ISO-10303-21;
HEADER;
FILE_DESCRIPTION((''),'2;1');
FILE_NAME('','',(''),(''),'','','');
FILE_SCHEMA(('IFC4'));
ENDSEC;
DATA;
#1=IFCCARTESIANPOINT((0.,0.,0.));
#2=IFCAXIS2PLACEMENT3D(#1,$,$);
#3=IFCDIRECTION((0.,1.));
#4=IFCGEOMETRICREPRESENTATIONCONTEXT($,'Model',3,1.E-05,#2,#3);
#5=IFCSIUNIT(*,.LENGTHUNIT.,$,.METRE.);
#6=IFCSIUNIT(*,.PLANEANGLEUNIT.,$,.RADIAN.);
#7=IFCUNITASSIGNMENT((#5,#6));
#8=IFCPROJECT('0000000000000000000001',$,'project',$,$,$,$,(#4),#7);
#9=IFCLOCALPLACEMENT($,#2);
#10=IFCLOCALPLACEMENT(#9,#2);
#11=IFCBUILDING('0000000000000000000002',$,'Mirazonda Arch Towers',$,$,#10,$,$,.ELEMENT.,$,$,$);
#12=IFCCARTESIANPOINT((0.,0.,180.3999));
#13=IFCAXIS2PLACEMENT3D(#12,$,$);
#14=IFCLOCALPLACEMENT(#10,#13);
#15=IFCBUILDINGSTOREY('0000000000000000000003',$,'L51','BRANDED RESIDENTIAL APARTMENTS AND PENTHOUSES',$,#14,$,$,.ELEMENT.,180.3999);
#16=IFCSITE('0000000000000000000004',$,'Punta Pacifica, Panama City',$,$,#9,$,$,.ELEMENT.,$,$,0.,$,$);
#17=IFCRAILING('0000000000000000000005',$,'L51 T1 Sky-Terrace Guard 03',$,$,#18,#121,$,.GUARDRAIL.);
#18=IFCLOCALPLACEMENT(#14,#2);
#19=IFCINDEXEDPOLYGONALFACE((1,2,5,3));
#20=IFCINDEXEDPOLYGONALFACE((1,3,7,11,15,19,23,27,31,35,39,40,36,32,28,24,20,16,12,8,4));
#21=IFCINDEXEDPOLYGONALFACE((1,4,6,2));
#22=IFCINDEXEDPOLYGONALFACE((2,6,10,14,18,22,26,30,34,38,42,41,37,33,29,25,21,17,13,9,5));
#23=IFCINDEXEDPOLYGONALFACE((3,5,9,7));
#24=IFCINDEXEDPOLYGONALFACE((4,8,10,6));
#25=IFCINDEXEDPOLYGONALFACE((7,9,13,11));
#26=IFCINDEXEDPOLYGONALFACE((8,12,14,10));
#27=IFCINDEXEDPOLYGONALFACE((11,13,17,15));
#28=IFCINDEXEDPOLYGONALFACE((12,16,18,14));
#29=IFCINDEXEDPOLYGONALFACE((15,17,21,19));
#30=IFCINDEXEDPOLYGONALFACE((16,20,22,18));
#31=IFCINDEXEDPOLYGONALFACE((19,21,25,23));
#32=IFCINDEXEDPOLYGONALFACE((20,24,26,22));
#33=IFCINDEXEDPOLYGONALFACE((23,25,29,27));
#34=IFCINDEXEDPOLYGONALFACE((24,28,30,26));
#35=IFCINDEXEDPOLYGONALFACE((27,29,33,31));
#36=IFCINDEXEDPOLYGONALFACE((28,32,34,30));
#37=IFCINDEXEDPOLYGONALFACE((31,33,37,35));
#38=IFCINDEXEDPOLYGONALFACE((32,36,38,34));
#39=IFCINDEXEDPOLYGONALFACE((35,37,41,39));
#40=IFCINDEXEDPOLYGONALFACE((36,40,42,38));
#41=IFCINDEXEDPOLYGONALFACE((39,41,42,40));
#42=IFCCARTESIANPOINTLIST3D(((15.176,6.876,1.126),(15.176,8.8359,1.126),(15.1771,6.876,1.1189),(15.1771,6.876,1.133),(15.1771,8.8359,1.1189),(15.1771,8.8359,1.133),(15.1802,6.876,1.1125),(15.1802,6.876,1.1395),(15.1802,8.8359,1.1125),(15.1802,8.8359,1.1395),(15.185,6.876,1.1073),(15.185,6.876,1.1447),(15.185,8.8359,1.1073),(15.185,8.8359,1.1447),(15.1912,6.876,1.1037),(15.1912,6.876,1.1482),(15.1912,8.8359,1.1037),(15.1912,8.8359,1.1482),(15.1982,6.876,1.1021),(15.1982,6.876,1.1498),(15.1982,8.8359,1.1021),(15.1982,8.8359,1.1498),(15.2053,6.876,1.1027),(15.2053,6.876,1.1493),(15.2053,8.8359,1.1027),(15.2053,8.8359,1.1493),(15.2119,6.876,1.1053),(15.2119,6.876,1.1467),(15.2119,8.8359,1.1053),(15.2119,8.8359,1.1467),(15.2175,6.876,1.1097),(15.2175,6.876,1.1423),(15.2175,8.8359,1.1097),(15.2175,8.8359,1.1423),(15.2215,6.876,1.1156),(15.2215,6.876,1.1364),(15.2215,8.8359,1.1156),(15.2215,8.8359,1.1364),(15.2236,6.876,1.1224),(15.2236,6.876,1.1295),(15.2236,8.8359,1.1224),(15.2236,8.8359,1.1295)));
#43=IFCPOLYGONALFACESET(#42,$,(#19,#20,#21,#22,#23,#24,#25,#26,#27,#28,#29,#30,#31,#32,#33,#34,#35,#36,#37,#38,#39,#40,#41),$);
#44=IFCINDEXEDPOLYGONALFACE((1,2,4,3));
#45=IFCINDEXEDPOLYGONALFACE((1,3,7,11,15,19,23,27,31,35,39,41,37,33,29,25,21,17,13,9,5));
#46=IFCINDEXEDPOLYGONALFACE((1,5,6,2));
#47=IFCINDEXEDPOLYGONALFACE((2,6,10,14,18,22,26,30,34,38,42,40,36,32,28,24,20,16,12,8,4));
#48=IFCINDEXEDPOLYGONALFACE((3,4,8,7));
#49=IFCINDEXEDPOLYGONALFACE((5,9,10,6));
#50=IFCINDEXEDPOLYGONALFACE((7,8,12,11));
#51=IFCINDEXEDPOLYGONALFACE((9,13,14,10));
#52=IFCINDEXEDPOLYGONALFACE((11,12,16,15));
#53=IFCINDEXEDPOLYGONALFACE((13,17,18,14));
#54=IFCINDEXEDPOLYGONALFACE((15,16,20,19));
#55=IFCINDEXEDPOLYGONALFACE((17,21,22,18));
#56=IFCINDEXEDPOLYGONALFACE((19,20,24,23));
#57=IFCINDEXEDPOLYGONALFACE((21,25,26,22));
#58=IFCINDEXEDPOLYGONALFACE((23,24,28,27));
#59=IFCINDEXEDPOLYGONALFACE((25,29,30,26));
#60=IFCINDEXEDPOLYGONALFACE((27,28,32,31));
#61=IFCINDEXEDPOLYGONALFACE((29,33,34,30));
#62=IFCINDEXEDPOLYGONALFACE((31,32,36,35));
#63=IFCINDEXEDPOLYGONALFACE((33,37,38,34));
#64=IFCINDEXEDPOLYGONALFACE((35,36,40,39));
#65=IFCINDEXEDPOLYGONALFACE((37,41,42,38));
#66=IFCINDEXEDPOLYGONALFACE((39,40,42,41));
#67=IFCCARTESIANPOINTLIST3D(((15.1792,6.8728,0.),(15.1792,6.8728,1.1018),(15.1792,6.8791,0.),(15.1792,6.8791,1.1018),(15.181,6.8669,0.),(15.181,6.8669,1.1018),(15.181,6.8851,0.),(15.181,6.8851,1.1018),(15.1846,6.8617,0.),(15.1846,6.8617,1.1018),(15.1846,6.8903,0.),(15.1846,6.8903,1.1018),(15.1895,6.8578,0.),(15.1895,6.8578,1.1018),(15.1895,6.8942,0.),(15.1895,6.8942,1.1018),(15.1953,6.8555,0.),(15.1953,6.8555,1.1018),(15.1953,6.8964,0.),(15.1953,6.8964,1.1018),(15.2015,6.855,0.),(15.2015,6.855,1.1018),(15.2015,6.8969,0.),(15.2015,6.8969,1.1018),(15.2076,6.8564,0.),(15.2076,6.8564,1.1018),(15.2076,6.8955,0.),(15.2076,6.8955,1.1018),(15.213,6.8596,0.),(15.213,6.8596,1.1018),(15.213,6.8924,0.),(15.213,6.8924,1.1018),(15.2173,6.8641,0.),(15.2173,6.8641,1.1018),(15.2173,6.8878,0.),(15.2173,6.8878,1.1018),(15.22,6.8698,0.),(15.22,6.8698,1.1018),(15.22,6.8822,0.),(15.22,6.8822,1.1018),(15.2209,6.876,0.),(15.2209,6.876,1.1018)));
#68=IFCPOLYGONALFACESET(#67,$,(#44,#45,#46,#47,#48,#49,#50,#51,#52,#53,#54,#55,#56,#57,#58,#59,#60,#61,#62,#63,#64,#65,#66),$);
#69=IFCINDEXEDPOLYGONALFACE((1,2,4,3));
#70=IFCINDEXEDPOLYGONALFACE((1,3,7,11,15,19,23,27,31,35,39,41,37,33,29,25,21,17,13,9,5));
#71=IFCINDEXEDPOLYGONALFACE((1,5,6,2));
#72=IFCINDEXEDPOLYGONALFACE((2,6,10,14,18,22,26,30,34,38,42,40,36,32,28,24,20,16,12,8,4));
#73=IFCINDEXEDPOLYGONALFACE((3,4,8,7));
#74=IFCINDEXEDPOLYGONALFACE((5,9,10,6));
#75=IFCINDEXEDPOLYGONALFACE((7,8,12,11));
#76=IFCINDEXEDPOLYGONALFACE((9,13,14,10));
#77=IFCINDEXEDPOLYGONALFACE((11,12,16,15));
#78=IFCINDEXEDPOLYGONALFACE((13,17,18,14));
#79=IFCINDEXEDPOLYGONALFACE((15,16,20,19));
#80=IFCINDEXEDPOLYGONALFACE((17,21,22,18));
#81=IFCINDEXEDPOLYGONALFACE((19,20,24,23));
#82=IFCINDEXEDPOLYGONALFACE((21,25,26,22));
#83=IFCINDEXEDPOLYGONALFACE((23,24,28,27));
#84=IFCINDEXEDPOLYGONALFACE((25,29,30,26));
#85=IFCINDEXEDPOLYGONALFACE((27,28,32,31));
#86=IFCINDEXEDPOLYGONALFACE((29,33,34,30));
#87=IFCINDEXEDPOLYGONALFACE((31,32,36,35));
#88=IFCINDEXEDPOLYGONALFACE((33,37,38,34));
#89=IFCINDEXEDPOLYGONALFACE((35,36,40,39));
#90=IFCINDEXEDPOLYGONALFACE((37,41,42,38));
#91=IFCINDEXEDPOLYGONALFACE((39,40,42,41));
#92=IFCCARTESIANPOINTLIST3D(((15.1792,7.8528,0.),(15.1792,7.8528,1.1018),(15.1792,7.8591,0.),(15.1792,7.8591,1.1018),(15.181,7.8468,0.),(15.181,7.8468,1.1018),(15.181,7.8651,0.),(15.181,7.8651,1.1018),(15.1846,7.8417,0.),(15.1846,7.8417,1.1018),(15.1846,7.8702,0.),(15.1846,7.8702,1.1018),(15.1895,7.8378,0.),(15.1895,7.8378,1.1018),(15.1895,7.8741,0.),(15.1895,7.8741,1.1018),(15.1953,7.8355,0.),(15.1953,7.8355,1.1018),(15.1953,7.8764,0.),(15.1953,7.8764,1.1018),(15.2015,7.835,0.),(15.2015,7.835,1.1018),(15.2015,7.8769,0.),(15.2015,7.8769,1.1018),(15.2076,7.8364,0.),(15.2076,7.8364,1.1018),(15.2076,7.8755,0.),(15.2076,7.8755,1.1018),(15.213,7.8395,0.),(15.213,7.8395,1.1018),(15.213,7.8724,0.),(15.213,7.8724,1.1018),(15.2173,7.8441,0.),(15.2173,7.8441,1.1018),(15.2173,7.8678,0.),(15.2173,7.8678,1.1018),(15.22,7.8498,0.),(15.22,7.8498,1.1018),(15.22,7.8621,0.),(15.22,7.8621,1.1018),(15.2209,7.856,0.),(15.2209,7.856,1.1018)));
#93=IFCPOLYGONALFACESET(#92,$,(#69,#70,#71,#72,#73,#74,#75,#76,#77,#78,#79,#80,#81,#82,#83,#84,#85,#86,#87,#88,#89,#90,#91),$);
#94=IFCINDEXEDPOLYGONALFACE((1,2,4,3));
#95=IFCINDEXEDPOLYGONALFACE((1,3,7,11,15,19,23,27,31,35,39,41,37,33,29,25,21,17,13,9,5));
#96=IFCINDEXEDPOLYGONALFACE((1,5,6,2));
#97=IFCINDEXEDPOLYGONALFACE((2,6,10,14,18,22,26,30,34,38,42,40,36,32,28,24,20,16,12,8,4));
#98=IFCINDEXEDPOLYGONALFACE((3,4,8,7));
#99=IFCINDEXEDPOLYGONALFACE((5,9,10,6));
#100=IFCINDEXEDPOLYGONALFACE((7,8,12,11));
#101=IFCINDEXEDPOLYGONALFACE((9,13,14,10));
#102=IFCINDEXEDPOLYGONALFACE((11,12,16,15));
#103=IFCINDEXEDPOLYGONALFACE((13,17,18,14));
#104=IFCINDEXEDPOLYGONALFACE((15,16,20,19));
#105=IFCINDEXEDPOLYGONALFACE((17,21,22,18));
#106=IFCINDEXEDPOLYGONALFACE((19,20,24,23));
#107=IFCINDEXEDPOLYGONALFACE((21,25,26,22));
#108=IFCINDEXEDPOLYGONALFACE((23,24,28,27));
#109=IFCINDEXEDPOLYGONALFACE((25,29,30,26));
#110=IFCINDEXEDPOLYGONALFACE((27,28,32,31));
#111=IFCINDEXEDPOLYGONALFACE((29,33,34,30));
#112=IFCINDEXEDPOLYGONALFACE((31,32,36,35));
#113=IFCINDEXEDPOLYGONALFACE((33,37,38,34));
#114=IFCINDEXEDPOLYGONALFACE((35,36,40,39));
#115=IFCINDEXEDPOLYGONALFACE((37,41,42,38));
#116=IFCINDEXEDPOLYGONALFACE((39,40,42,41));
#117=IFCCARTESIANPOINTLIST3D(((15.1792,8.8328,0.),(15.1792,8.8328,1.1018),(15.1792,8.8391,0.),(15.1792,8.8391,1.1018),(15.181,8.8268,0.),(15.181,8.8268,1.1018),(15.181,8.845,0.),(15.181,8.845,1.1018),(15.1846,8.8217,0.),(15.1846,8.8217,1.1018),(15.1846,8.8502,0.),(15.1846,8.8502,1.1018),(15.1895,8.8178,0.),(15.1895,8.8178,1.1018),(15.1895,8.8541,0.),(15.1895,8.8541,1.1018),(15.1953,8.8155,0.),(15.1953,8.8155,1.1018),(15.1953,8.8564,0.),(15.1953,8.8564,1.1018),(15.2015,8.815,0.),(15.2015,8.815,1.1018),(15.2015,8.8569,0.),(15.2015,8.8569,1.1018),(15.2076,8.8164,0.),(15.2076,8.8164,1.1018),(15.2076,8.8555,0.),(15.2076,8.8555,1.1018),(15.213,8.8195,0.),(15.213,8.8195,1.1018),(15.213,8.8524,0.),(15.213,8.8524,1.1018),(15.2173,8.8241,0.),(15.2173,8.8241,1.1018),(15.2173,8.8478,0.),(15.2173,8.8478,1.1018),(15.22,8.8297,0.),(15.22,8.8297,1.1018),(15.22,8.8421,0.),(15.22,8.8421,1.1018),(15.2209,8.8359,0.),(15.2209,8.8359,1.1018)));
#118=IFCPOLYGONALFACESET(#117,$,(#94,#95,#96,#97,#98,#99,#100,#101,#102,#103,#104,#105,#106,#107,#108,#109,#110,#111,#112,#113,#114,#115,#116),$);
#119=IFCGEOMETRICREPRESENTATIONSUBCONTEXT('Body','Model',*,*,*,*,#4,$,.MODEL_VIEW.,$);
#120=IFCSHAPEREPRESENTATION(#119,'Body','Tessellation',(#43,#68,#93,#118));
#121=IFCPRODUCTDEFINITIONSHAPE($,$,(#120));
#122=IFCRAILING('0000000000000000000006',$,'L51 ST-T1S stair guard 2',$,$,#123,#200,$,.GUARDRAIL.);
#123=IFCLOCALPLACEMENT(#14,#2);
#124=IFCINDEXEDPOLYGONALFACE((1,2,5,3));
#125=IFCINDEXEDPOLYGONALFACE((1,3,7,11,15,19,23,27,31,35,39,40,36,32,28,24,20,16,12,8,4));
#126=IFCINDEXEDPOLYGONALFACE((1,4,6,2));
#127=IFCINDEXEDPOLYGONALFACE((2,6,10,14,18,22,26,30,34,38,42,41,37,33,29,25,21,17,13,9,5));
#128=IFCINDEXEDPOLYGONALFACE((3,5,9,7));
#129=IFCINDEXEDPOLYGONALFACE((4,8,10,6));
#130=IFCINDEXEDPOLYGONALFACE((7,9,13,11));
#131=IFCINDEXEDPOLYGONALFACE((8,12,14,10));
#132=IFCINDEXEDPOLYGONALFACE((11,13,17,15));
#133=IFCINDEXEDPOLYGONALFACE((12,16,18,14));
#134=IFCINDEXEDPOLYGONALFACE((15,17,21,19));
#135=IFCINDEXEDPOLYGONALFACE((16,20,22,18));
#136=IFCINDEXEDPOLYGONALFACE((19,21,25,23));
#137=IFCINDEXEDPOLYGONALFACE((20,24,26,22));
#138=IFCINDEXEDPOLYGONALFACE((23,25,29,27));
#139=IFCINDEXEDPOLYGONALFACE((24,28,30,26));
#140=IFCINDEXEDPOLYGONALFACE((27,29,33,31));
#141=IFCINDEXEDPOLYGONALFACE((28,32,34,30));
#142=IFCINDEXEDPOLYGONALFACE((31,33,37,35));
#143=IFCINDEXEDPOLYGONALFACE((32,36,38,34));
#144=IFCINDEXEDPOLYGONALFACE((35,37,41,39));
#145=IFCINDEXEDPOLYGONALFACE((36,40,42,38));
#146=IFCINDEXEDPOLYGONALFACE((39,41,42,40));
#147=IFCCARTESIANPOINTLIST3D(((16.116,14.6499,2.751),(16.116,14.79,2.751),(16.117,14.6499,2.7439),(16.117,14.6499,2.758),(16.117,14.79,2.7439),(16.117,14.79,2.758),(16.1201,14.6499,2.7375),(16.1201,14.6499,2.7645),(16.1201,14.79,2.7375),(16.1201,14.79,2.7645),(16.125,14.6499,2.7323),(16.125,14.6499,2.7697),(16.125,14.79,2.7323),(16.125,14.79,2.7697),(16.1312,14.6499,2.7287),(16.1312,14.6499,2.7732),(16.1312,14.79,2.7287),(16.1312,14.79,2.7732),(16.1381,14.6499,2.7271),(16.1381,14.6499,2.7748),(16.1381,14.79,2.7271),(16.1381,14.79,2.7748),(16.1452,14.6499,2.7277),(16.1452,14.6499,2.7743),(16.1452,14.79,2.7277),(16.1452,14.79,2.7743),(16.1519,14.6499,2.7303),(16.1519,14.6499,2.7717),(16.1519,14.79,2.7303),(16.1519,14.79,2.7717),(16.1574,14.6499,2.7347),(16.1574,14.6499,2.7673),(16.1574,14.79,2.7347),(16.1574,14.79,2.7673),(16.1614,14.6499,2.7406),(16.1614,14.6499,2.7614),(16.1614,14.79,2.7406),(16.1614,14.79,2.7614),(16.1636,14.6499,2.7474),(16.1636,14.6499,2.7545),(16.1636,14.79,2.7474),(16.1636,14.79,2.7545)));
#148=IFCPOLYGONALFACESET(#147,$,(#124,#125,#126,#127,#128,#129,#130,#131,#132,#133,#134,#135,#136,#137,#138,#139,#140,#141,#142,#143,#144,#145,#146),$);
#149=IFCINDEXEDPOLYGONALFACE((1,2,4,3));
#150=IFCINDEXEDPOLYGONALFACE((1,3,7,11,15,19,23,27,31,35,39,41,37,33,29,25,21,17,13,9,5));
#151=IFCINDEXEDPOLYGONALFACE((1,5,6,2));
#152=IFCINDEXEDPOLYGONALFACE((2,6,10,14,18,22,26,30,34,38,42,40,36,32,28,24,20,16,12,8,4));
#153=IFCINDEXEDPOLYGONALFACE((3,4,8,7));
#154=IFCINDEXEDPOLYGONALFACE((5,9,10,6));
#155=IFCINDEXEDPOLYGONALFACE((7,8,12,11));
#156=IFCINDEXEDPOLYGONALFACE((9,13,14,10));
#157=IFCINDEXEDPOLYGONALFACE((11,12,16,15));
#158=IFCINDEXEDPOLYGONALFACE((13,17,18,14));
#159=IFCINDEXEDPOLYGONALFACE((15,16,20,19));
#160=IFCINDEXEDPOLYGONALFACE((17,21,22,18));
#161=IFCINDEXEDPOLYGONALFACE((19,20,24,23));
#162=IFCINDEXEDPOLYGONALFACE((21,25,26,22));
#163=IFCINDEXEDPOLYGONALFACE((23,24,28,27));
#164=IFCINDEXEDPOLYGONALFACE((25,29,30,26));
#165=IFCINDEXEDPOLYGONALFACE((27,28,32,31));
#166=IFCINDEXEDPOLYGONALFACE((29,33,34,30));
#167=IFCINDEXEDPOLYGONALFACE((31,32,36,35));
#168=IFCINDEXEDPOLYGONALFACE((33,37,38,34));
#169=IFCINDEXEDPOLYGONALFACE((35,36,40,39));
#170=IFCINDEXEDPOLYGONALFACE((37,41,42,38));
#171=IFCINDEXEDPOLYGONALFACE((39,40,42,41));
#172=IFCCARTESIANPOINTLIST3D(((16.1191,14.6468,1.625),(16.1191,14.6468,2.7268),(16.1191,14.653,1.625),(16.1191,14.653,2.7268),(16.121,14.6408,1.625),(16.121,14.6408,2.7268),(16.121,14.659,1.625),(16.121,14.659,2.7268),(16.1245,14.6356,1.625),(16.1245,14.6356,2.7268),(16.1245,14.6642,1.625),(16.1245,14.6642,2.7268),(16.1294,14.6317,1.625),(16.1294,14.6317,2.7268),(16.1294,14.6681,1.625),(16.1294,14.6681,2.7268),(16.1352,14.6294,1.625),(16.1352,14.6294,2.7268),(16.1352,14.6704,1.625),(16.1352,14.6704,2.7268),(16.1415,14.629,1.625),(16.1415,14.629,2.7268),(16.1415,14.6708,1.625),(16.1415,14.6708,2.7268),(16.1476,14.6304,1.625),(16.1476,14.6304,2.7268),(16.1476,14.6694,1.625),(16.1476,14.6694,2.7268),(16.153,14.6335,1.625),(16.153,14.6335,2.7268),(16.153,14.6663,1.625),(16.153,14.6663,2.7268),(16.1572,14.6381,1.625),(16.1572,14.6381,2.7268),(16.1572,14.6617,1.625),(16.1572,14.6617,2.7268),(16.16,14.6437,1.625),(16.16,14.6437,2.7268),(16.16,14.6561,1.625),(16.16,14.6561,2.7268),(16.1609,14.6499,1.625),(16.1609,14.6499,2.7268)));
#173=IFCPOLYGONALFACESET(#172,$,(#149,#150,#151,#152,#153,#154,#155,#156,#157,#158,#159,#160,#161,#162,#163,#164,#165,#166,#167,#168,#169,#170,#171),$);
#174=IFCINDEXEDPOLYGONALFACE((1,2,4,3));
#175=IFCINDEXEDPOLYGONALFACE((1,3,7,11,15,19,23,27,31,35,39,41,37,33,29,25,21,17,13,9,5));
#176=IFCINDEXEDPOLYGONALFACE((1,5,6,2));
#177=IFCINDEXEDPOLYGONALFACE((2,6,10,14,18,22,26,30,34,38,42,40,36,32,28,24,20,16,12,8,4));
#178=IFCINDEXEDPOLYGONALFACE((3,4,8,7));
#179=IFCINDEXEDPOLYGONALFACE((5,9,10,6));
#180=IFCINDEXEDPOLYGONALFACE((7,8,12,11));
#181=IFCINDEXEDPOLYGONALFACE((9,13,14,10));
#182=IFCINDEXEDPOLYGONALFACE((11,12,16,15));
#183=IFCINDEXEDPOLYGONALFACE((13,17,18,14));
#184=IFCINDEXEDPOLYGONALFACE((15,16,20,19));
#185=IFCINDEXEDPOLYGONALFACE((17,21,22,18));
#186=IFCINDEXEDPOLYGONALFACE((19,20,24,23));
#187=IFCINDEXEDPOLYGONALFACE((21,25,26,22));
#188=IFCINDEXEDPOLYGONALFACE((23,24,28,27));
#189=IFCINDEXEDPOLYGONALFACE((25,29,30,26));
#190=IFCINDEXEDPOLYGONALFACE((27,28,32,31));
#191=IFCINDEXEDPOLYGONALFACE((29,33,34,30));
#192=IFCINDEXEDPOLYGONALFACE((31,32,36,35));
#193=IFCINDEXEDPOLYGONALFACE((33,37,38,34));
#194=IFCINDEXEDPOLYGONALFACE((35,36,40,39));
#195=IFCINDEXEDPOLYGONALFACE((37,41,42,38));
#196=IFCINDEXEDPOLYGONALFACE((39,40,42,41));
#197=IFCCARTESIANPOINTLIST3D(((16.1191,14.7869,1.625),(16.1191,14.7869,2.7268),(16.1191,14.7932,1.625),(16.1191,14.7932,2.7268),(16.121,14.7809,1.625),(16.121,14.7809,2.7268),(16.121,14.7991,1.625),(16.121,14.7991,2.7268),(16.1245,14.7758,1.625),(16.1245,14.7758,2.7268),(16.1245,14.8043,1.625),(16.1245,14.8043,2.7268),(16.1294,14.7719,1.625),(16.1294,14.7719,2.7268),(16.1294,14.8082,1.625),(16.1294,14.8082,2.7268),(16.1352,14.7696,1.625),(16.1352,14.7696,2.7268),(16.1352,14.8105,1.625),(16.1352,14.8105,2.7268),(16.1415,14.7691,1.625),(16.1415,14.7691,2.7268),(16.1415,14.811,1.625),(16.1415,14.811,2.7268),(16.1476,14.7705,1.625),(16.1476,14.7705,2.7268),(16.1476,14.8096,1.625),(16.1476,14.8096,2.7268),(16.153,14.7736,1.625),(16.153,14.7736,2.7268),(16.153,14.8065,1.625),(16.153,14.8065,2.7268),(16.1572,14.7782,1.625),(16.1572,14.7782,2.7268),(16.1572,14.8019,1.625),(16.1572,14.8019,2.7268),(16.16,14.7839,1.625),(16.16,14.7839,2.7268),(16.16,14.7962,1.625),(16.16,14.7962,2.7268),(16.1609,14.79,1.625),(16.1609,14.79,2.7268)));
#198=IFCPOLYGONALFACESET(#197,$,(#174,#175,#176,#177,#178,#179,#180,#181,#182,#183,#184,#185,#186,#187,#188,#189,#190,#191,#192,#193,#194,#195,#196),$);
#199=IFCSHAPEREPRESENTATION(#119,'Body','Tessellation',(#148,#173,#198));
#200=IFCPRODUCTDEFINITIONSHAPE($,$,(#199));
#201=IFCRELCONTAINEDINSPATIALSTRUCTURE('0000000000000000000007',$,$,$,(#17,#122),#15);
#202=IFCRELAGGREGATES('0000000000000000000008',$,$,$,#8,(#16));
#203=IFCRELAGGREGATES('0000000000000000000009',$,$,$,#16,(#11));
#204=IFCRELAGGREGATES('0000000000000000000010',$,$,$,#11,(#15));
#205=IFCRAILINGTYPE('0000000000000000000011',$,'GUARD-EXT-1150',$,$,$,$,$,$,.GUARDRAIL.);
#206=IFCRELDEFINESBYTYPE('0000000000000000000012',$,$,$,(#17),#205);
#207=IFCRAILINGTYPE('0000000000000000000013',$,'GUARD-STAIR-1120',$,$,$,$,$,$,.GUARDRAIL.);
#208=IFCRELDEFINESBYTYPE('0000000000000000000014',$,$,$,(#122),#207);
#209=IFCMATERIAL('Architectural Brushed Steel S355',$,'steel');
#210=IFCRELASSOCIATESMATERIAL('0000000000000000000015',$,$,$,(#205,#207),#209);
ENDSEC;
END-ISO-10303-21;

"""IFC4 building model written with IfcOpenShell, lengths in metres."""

from ifc_helpers import new_model, si_unit, direction, frame, origin, origin_2d, place, context, subcontext, project, spatial, circle, extrude, material, type_object, element, save


model = new_model("IFC4")

# Units and contexts
model_context = context("Model", 3, precision=1e-05, world=origin(), true_north=direction((0.0, 1.0)))
body_context = subcontext(model_context, "Body", "Model", "MODEL_VIEW")
ifc_project = project(units=[si_unit("LENGTHUNIT", "METRE"), si_unit("PLANEANGLEUNIT", "RADIAN")], contexts=[model_context])

# Site, building, storey
site_placement = place(None, origin())
site = spatial("IfcSite", under=ifc_project, at=site_placement, Name="Punta Pacifica, Panama City", CompositionType="ELEMENT", RefElevation=0.0)
building_placement = place(site_placement, origin())
building = spatial("IfcBuilding", under=site, at=building_placement, Name="Mirazonda Arch Towers", CompositionType="ELEMENT")
storey_placement = place(building_placement, frame((0.0, 0.0, 180.3999)))
storey = spatial("IfcBuildingStorey", under=building, at=storey_placement, Name="L51", Description="BRANDED RESIDENTIAL APARTMENTS AND PENTHOUSES", CompositionType="ELEMENT", Elevation=180.3999)

# Shared definitions
ifc_material_1 = material(Name="Architectural Brushed Steel S355", Category="steel")

# Railings
railing_type_1 = type_object("IfcRailingType", Name="GUARD-EXT-1150", PredefinedType="GUARDRAIL", material=ifc_material_1)
railing_1_placement = place(storey_placement, frame((15.2, 6.876, 0.0)))
element("IfcRailing", 1, at=railing_1_placement, inside=storey, type_object=railing_type_1, Name="L51 T1 Sky-Terrace Guard 03", PredefinedType="GUARDRAIL", context=body_context, shape_type="SweptSolid", body=[
    extrude(circle(Radius=0.0239, at=origin_2d()), frame((0.0, 0.0, 1.126), z_axis=(0.0, 1.0, 0.0), x_axis=(-1.0, 0.0, 0.0)), (0.0, 0.0, 1.0), 1.96),
    extrude(circle(Radius=0.021, at=origin_2d()), origin(), (0.0, 0.0, 1.0), 1.1018),
    extrude(circle(Radius=0.021, at=origin_2d()), frame((0.0, 0.98, 0.0)), (0.0, 0.0, 1.0), 1.1018),
    extrude(circle(Radius=0.021, at=origin_2d()), frame((0.0, 1.96, 0.0)), (0.0, 0.0, 1.0), 1.1018),
])
railing_type_2 = type_object("IfcRailingType", Name="GUARD-STAIR-1120", PredefinedType="GUARDRAIL", material=ifc_material_1)
railing_2_placement = place(storey_placement, frame((16.1399, 14.6499, 1.625)))
element("IfcRailing", 2, at=railing_2_placement, inside=storey, type_object=railing_type_2, Name="L51 ST-T1S stair guard 2", PredefinedType="GUARDRAIL", context=body_context, shape_type="SweptSolid", body=[
    extrude(circle(Radius=0.0239, at=origin_2d()), frame((0.0, 0.0, 1.126), z_axis=(0.0, 1.0, 0.0), x_axis=(-1.0, 0.0, 0.0)), (0.0, 0.0, 1.0), 0.1401),
    extrude(circle(Radius=0.021, at=origin_2d()), origin(), (0.0, 0.0, 1.0), 1.1018),
    extrude(circle(Radius=0.021, at=origin_2d()), frame((0.0, 0.1401, 0.0)), (0.0, 0.0, 1.0), 1.1018),
])

save(model, "model.ifc")
